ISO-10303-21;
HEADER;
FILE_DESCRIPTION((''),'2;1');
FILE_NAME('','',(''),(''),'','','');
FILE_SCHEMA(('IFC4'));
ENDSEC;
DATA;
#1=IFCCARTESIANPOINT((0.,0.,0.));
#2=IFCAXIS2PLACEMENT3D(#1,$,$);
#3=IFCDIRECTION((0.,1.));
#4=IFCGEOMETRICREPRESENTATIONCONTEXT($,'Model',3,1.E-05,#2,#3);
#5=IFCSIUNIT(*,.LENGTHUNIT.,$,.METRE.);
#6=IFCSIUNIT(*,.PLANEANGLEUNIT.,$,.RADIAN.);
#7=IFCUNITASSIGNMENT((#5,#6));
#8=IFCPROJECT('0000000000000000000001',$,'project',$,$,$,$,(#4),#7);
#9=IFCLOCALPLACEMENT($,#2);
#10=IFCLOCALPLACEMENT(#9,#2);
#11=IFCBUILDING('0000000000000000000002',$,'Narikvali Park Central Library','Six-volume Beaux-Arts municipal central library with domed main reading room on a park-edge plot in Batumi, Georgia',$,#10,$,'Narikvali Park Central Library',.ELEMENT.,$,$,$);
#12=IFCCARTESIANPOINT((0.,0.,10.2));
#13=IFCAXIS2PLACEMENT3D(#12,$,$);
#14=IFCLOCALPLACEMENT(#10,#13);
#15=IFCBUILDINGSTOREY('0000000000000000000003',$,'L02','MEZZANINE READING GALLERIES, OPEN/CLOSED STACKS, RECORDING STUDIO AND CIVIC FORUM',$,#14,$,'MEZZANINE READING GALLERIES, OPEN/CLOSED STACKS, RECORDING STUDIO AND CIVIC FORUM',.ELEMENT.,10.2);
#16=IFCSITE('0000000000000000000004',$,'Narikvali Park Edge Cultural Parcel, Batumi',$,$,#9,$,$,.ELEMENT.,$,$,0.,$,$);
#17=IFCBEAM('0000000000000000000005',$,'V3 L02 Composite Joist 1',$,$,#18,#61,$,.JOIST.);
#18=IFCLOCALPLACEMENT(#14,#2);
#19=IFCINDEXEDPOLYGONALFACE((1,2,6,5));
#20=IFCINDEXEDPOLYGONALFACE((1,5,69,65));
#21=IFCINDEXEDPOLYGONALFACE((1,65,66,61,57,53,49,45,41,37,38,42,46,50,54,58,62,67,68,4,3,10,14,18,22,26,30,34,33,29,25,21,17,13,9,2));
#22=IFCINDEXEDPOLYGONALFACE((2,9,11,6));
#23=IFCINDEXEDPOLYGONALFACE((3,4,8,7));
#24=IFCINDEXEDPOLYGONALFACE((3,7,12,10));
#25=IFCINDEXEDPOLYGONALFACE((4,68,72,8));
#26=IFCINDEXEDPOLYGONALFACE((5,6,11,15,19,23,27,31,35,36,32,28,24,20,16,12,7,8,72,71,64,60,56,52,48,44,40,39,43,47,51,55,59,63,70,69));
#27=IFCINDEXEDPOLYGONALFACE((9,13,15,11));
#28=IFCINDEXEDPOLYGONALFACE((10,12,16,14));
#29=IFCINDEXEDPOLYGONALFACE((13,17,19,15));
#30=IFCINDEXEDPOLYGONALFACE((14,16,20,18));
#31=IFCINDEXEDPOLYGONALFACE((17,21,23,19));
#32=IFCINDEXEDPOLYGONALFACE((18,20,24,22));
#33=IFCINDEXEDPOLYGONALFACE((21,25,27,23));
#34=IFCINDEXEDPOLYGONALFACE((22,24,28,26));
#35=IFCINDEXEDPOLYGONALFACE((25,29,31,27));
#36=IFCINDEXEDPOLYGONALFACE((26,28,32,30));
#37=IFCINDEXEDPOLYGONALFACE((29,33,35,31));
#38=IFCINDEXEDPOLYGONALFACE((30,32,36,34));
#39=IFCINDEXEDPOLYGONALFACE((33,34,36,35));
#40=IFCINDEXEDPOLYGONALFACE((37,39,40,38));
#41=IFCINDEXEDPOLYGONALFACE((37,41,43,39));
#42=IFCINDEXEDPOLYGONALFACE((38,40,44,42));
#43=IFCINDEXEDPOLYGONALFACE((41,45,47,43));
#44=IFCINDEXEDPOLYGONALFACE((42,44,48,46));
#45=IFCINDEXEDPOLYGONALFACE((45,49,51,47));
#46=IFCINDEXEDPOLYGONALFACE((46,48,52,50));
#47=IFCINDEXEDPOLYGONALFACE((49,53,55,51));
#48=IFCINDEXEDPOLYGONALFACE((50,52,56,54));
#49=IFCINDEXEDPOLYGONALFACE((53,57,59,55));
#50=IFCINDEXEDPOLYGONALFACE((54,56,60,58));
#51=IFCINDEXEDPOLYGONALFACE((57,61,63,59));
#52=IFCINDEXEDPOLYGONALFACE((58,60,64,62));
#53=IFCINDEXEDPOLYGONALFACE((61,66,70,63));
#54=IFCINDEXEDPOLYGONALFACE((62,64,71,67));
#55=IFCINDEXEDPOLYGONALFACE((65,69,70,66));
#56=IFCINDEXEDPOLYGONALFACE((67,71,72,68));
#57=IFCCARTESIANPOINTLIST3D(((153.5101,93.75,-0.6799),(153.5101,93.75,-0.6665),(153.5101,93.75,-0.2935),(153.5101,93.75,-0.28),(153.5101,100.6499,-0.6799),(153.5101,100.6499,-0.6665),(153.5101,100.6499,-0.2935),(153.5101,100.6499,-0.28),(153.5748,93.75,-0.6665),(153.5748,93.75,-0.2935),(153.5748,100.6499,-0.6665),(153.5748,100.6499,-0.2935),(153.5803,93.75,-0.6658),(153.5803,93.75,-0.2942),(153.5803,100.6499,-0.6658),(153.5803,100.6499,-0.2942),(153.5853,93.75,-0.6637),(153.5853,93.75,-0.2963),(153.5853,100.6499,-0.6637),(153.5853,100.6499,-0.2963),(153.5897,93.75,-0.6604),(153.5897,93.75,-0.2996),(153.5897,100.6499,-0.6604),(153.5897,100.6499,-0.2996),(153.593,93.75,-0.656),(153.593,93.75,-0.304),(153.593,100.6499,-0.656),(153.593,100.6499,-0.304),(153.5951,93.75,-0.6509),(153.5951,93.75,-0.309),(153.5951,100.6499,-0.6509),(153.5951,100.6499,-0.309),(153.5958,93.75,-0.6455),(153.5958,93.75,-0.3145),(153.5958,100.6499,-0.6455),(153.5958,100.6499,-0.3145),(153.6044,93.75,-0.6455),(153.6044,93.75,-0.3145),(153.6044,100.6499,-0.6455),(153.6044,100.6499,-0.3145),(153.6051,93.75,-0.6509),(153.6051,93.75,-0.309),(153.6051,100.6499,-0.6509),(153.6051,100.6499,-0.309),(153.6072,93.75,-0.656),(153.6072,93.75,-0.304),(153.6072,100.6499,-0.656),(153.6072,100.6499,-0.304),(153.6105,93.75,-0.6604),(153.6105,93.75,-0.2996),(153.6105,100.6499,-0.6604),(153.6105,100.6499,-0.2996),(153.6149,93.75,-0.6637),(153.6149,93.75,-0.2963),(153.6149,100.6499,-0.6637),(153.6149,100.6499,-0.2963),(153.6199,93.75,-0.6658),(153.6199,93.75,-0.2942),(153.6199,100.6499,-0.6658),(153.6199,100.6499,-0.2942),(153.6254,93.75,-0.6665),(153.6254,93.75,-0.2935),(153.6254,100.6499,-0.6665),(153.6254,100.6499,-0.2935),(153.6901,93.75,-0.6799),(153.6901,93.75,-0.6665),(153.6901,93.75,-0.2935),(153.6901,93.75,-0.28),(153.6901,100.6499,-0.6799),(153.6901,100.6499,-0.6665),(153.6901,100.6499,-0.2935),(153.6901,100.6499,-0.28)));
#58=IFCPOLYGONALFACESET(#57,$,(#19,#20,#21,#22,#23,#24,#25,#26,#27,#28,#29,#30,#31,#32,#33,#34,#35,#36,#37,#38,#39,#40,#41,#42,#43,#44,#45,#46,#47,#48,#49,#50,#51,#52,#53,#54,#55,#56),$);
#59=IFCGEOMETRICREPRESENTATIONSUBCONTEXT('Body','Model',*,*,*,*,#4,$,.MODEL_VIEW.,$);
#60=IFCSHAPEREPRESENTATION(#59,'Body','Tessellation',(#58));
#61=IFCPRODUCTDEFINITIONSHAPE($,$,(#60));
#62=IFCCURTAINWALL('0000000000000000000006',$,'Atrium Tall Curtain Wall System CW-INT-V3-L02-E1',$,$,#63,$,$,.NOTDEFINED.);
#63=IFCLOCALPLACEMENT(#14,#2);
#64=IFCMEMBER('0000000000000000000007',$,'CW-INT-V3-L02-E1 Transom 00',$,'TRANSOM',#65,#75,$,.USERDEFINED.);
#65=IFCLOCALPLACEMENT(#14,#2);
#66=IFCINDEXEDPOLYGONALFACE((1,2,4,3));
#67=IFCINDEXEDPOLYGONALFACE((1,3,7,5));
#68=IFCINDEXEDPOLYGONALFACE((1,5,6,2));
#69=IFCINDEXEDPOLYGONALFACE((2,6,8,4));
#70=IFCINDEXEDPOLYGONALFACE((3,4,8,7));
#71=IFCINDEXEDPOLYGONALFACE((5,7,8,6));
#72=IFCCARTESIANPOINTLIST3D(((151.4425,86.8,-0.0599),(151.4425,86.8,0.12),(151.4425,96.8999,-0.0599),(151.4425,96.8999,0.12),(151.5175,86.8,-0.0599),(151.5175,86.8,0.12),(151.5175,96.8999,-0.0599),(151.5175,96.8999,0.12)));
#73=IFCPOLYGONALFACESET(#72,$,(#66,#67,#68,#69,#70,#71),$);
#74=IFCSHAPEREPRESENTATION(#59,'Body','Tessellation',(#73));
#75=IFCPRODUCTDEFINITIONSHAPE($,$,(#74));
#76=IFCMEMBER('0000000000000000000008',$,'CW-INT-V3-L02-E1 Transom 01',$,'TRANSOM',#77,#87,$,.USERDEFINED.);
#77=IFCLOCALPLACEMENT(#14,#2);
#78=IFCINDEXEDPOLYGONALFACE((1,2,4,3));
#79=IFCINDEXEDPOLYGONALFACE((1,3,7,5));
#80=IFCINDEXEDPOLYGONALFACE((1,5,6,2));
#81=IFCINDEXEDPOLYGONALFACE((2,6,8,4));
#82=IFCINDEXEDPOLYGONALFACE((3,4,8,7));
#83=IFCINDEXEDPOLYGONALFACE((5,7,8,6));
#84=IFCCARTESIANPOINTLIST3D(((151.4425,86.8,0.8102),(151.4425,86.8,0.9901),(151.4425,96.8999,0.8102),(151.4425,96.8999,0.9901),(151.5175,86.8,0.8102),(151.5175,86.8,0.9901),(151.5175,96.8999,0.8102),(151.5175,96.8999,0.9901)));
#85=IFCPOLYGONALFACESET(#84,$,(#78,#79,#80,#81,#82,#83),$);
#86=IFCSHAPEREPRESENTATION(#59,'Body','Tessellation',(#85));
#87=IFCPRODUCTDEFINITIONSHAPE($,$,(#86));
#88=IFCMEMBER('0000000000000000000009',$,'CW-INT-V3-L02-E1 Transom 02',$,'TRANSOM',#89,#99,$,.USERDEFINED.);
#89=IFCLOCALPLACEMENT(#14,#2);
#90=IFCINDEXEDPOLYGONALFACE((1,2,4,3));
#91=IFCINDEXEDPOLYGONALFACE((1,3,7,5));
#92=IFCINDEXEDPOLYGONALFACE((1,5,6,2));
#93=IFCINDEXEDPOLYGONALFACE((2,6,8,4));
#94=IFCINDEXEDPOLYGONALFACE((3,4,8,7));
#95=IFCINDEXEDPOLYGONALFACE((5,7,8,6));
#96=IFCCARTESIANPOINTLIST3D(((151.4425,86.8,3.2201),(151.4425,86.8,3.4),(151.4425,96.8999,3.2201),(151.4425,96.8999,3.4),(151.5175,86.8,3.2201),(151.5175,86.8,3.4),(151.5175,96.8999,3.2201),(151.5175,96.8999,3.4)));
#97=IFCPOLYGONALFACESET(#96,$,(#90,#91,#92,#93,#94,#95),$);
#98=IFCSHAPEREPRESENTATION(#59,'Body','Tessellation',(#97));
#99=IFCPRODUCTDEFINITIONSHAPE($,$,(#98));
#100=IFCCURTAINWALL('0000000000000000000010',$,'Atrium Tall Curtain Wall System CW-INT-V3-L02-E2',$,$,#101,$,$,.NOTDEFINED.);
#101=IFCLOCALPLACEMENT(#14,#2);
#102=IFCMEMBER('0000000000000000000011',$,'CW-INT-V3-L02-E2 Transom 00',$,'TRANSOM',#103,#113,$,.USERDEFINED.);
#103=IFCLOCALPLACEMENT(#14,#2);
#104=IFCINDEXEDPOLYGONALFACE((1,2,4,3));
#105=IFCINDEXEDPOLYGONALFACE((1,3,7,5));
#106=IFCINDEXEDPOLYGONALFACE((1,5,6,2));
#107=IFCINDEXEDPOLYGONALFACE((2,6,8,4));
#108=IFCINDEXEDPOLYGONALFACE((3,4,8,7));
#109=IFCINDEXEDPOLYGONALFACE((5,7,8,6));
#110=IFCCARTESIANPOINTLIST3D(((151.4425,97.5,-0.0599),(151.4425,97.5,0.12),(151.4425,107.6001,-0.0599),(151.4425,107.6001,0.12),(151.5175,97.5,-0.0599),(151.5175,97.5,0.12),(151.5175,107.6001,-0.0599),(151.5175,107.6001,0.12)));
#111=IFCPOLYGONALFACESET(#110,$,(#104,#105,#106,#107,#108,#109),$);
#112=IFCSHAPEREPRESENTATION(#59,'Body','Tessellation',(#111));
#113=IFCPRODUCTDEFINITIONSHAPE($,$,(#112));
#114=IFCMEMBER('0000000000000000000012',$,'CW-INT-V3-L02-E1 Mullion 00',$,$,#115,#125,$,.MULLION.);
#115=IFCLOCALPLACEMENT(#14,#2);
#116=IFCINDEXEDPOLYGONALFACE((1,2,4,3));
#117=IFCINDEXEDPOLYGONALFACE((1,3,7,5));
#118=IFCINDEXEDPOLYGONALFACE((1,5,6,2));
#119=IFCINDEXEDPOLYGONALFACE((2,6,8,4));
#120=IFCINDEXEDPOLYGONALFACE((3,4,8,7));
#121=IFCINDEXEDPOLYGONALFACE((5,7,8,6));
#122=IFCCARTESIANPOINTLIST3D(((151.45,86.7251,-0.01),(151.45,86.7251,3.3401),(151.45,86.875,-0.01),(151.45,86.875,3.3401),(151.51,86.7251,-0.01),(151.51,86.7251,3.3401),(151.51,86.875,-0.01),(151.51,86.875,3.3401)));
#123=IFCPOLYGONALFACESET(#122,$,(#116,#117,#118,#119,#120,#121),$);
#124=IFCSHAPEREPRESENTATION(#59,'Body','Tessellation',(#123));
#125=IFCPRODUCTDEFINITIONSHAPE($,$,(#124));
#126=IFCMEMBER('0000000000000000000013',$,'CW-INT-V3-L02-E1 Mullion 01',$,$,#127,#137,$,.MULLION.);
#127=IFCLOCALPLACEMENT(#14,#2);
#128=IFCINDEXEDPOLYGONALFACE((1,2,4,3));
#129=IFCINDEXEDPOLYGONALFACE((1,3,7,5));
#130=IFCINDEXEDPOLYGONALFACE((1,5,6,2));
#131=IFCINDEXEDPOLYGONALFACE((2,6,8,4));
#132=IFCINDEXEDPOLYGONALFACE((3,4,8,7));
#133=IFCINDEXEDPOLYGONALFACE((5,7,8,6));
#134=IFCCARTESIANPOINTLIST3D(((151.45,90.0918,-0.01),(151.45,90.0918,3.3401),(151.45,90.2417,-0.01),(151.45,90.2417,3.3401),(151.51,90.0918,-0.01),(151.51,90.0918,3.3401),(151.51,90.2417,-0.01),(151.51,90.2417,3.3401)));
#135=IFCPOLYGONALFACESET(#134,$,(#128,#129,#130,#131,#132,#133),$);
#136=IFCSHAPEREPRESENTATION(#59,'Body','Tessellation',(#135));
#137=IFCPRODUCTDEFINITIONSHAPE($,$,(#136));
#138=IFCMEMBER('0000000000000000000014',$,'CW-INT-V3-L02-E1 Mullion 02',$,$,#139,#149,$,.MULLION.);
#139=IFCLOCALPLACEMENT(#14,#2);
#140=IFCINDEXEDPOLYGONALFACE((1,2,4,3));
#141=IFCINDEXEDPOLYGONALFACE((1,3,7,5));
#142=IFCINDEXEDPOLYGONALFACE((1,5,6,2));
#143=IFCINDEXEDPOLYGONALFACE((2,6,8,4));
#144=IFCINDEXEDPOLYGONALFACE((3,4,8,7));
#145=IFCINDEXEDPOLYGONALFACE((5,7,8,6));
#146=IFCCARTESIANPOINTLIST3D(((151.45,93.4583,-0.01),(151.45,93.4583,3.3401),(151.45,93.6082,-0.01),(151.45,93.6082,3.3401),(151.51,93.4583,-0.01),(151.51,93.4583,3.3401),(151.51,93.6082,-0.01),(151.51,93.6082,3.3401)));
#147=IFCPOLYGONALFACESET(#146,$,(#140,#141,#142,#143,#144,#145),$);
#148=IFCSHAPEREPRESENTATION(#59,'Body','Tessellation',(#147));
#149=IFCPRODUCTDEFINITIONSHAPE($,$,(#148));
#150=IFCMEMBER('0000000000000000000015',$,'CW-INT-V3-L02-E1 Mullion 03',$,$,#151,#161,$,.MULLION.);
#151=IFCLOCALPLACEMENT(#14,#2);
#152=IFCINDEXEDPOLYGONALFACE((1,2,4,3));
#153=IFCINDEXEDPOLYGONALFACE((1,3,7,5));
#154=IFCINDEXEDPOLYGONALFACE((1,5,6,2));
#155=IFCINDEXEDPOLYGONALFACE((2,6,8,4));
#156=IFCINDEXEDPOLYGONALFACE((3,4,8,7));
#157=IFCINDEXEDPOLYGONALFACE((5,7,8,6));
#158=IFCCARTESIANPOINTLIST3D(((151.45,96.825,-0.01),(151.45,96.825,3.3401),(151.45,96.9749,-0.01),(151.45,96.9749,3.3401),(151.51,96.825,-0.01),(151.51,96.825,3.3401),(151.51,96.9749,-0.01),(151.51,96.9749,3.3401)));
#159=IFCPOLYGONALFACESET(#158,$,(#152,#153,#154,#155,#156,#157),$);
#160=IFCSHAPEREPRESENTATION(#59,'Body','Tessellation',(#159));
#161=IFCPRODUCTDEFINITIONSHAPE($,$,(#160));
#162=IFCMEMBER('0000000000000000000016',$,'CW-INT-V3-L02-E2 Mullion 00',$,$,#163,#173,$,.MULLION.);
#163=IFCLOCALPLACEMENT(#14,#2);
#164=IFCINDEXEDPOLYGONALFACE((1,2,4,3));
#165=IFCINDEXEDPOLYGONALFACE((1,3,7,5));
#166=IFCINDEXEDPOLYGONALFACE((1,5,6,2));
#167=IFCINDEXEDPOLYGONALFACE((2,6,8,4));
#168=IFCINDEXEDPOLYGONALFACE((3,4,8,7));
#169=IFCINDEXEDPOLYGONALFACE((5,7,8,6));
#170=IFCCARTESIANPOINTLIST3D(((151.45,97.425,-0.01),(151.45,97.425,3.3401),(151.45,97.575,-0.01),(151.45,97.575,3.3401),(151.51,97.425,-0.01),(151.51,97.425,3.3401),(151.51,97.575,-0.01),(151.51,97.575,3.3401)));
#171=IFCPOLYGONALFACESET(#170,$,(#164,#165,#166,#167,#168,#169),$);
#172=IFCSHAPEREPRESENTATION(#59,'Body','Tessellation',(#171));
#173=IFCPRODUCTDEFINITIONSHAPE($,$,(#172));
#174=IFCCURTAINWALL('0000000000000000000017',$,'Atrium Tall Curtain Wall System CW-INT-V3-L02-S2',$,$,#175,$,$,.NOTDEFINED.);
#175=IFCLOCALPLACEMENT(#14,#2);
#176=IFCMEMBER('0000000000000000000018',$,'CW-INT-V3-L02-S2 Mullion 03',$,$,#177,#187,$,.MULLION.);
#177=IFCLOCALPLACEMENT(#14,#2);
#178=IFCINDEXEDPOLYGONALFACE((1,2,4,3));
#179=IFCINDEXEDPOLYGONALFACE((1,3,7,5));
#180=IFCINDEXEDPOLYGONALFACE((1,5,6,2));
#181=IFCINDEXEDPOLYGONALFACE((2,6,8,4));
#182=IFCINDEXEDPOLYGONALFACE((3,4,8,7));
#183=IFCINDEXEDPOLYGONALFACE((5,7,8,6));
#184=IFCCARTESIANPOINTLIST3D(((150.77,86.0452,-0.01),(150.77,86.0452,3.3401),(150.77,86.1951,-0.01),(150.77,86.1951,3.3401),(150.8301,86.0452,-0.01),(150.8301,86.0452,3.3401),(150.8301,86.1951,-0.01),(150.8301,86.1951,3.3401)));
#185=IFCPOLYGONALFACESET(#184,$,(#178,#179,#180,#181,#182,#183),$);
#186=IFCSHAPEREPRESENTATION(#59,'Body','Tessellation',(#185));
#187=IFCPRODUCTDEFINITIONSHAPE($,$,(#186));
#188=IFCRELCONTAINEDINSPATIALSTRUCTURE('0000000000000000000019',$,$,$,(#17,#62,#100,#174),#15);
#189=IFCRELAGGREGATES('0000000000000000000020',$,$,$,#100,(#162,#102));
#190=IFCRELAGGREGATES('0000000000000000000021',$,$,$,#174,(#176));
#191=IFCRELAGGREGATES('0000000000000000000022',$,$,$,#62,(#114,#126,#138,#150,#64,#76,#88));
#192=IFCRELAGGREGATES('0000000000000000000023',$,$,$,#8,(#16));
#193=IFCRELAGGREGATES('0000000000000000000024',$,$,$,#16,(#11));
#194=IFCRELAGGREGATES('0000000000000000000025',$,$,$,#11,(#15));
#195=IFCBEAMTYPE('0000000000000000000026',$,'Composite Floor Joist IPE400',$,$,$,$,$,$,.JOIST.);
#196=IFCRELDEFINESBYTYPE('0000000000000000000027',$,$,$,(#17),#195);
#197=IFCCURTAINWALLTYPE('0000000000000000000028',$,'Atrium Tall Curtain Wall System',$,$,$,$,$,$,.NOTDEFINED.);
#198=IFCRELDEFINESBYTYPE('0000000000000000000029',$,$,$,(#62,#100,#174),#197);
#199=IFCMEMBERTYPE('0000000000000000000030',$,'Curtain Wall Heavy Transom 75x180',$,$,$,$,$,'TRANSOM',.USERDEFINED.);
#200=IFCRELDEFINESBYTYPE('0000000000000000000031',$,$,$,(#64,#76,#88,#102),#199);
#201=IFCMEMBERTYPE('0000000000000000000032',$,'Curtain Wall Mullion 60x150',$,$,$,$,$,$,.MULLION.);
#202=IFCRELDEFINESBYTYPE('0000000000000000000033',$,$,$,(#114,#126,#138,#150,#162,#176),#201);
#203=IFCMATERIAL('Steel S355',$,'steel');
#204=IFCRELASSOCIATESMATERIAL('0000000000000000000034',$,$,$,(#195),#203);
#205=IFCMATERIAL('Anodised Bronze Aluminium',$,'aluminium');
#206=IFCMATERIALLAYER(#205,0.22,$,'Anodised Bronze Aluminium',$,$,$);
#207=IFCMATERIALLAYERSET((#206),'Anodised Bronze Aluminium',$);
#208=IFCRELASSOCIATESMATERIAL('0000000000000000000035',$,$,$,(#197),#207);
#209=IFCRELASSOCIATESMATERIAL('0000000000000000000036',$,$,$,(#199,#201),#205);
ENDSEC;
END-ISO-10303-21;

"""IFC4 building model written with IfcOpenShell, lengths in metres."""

from ifc_helpers import new_model, si_unit, direction, frame, origin, origin_2d, place, context, subcontext, project, spatial, rectangle, i_section, extrude, material, layer, layer_set, material_profile, profile_set, type_object, element, aggregate, save


model = new_model("IFC4")

# Units and contexts
model_context = context("Model", 3, precision=1e-05, world=origin(), true_north=direction((0.0, 1.0)))
body_context = subcontext(model_context, "Body", "Model", "MODEL_VIEW")
ifc_project = project(units=[si_unit("LENGTHUNIT", "METRE"), si_unit("PLANEANGLEUNIT", "RADIAN")], contexts=[model_context])

# Site, building, storey
site_placement = place(None, origin())
site = spatial("IfcSite", under=ifc_project, at=site_placement, Name="Narikvali Park Edge Cultural Parcel, Batumi", CompositionType="ELEMENT", RefElevation=0.0)
building_placement = place(site_placement, origin())
building = spatial("IfcBuilding", under=site, at=building_placement, Name="Narikvali Park Central Library", Description="Six-volume Beaux-Arts municipal central library with domed main reading room on a park-edge plot in Batumi, Georgia", LongName="Narikvali Park Central Library", CompositionType="ELEMENT")
storey_placement = place(building_placement, frame((0.0, 0.0, 10.2)))
storey = spatial("IfcBuildingStorey", under=building, at=storey_placement, Name="L02", Description="MEZZANINE READING GALLERIES, OPEN/CLOSED STACKS, RECORDING STUDIO AND CIVIC FORUM", LongName="MEZZANINE READING GALLERIES, OPEN/CLOSED STACKS, RECORDING STUDIO AND CIVIC FORUM", CompositionType="ELEMENT", Elevation=10.2)

# Shared definitions
ifc_material_1 = material(Name="Steel S355", Category="steel")

# Beam
ifc_material_profile_1 = material_profile(ifc_material_1, i_section(OverallWidth=0.1799, OverallDepth=0.3999, WebThickness=0.0085, FlangeThickness=0.0134, FilletRadius=0.021, at=origin_2d()), Name="IPE 400")
ifc_profile_set_1 = profile_set([ifc_material_profile_1], Name="Steel S355")
beam_type_1 = type_object("IfcBeamType", Name="Composite Floor Joist IPE400", PredefinedType="JOIST", material=ifc_profile_set_1)
for number, where, z_axis, x_axis, name in (
    (1, (153.6001, 93.75, -0.48), (0.0, 1.0, 0.0), (-1.0, 0.0, 0.0), "V3 L02 Composite Joist 1"),
):
    element("IfcBeam", number, at=place(storey_placement, frame(where, z_axis=z_axis, x_axis=x_axis)), inside=storey, type_object=beam_type_1, Name=name, PredefinedType="JOIST", context=body_context, shape_type="SweptSolid", body=[
        extrude(i_section(OverallWidth=0.1799, OverallDepth=0.3999, WebThickness=0.0085, FlangeThickness=0.0134, FilletRadius=0.021, at=origin_2d()), origin(), (0.0, 0.0, 1.0), 6.8999),
    ])

# Curtain wall, members
ifc_material_2 = material(Name="Anodised Bronze Aluminium", Category="aluminium")
ifc_layer_1 = layer(ifc_material_2, 0.22, Name="Anodised Bronze Aluminium")
ifc_layer_set_1 = layer_set([ifc_layer_1], Name="Anodised Bronze Aluminium")
curtain_wall_type = type_object("IfcCurtainWallType", Name="Atrium Tall Curtain Wall System", PredefinedType="NOTDEFINED", material=ifc_layer_set_1)
curtain_wall_1_placement = place(storey_placement, origin())
curtain_wall_1 = element("IfcCurtainWall", 2, at=curtain_wall_1_placement, inside=storey, type_object=curtain_wall_type, Name="Atrium Tall Curtain Wall System CW-INT-V3-L02-E1", PredefinedType="NOTDEFINED")
ifc_material_profile_2 = material_profile(ifc_material_2, rectangle(XDim=0.075, YDim=0.1799, at=origin_2d()), Name="CW TRANSOM 75x180")
ifc_profile_set_2 = profile_set([ifc_material_profile_2], Name="Anodised Bronze Aluminium")
member_type_1 = type_object("IfcMemberType", Name="Curtain Wall Heavy Transom 75x180", ElementType="TRANSOM", PredefinedType="USERDEFINED", material=ifc_profile_set_2)
member_1_placement = place(storey_placement, frame((151.48, 86.8, 0.03), z_axis=(0.0, 1.0, 0.0), x_axis=(-1.0, 0.0, 0.0)))
member_1 = element("IfcMember", 3, at=member_1_placement, type_object=member_type_1, Name="CW-INT-V3-L02-E1 Transom 00", ObjectType="TRANSOM", PredefinedType="USERDEFINED", context=body_context, shape_type="SweptSolid", body=[
    extrude(rectangle(XDim=0.075, YDim=0.1799, at=origin_2d()), origin(), (0.0, 0.0, 1.0), 10.0999),
])
member_2_placement = place(storey_placement, frame((151.48, 86.8, 0.9001), z_axis=(0.0, 1.0, 0.0), x_axis=(-1.0, 0.0, 0.0)))
member_2 = element("IfcMember", 4, at=member_2_placement, type_object=member_type_1, Name="CW-INT-V3-L02-E1 Transom 01", ObjectType="TRANSOM", PredefinedType="USERDEFINED", context=body_context, shape_type="SweptSolid", body=[
    extrude(rectangle(XDim=0.075, YDim=0.1799, at=origin_2d()), origin(), (0.0, 0.0, 1.0), 10.0999),
])
member_3_placement = place(storey_placement, frame((151.48, 86.8, 3.3101), z_axis=(0.0, 1.0, 0.0), x_axis=(-1.0, 0.0, 0.0)))
member_3 = element("IfcMember", 5, at=member_3_placement, type_object=member_type_1, Name="CW-INT-V3-L02-E1 Transom 02", ObjectType="TRANSOM", PredefinedType="USERDEFINED", context=body_context, shape_type="SweptSolid", body=[
    extrude(rectangle(XDim=0.075, YDim=0.1799, at=origin_2d()), origin(), (0.0, 0.0, 1.0), 10.0999),
])

# Curtain wall, member
curtain_wall_2_placement = place(storey_placement, origin())
curtain_wall_2 = element("IfcCurtainWall", 6, at=curtain_wall_2_placement, inside=storey, type_object=curtain_wall_type, Name="Atrium Tall Curtain Wall System CW-INT-V3-L02-E2", PredefinedType="NOTDEFINED")
member_4_placement = place(storey_placement, frame((151.48, 97.5, 0.03), z_axis=(0.0, 1.0, 0.0), x_axis=(-1.0, 0.0, 0.0)))
member_4 = element("IfcMember", 7, at=member_4_placement, type_object=member_type_1, Name="CW-INT-V3-L02-E2 Transom 00", ObjectType="TRANSOM", PredefinedType="USERDEFINED", context=body_context, shape_type="SweptSolid", body=[
    extrude(rectangle(XDim=0.075, YDim=0.1799, at=origin_2d()), origin(), (0.0, 0.0, 1.0), 10.1001),
])

# Members
ifc_material_profile_3 = material_profile(ifc_material_2, rectangle(XDim=0.0601, YDim=0.1499, at=origin_2d()), Name="CW MULLION 60x150")
ifc_profile_set_3 = profile_set([ifc_material_profile_3], Name="Anodised Bronze Aluminium")
member_type_2 = type_object("IfcMemberType", Name="Curtain Wall Mullion 60x150", PredefinedType="MULLION", material=ifc_profile_set_3)
member_5_placement = place(storey_placement, frame((151.48, 86.8, -0.01), z_axis=(0.0, 0.0, 1.0), x_axis=(1.0, 0.0, 0.0)))
member_5 = element("IfcMember", 8, at=member_5_placement, type_object=member_type_2, Name="CW-INT-V3-L02-E1 Mullion 00", PredefinedType="MULLION", context=body_context, shape_type="SweptSolid", body=[
    extrude(rectangle(XDim=0.0601, YDim=0.1499, at=origin_2d()), origin(), (0.0, 0.0, 1.0), 3.3501),
])
member_6_placement = place(storey_placement, frame((151.48, 90.1667, -0.01), z_axis=(0.0, 0.0, 1.0), x_axis=(1.0, 0.0, 0.0)))
member_6 = element("IfcMember", 9, at=member_6_placement, type_object=member_type_2, Name="CW-INT-V3-L02-E1 Mullion 01", PredefinedType="MULLION", context=body_context, shape_type="SweptSolid", body=[
    extrude(rectangle(XDim=0.0601, YDim=0.1499, at=origin_2d()), origin(), (0.0, 0.0, 1.0), 3.3501),
])
member_7_placement = place(storey_placement, frame((151.48, 93.5332, -0.01), z_axis=(0.0, 0.0, 1.0), x_axis=(1.0, 0.0, 0.0)))
member_7 = element("IfcMember", 10, at=member_7_placement, type_object=member_type_2, Name="CW-INT-V3-L02-E1 Mullion 02", PredefinedType="MULLION", context=body_context, shape_type="SweptSolid", body=[
    extrude(rectangle(XDim=0.0601, YDim=0.1499, at=origin_2d()), origin(), (0.0, 0.0, 1.0), 3.3501),
])
member_8_placement = place(storey_placement, frame((151.48, 96.8999, -0.01), z_axis=(0.0, 0.0, 1.0), x_axis=(1.0, 0.0, 0.0)))
member_8 = element("IfcMember", 11, at=member_8_placement, type_object=member_type_2, Name="CW-INT-V3-L02-E1 Mullion 03", PredefinedType="MULLION", context=body_context, shape_type="SweptSolid", body=[
    extrude(rectangle(XDim=0.0601, YDim=0.1499, at=origin_2d()), origin(), (0.0, 0.0, 1.0), 3.3501),
])
member_9_placement = place(storey_placement, frame((151.48, 97.5, -0.01), z_axis=(0.0, 0.0, 1.0), x_axis=(1.0, 0.0, 0.0)))
member_9 = element("IfcMember", 12, at=member_9_placement, type_object=member_type_2, Name="CW-INT-V3-L02-E2 Mullion 00", PredefinedType="MULLION", context=body_context, shape_type="SweptSolid", body=[
    extrude(rectangle(XDim=0.0601, YDim=0.1499, at=origin_2d()), origin(), (0.0, 0.0, 1.0), 3.3501),
])
aggregate(curtain_wall_2, [member_9, member_4])

# Curtain wall, member
curtain_wall_3_placement = place(storey_placement, origin())
curtain_wall_3 = element("IfcCurtainWall", 13, at=curtain_wall_3_placement, inside=storey, type_object=curtain_wall_type, Name="Atrium Tall Curtain Wall System CW-INT-V3-L02-S2", PredefinedType="NOTDEFINED")
member_10_placement = place(storey_placement, frame((150.8, 86.1201, -0.01), z_axis=(0.0, 0.0, 1.0), x_axis=(1.0, 0.0, 0.0)))
member_10 = element("IfcMember", 14, at=member_10_placement, type_object=member_type_2, Name="CW-INT-V3-L02-S2 Mullion 03", PredefinedType="MULLION", context=body_context, shape_type="SweptSolid", body=[
    extrude(rectangle(XDim=0.0601, YDim=0.1499, at=origin_2d()), origin(), (0.0, 0.0, 1.0), 3.3501),
])
aggregate(curtain_wall_3, [member_10])

aggregate(curtain_wall_1, [member_5, member_6, member_7, member_8, member_1, member_2, member_3])

save(model, "model.ifc")
